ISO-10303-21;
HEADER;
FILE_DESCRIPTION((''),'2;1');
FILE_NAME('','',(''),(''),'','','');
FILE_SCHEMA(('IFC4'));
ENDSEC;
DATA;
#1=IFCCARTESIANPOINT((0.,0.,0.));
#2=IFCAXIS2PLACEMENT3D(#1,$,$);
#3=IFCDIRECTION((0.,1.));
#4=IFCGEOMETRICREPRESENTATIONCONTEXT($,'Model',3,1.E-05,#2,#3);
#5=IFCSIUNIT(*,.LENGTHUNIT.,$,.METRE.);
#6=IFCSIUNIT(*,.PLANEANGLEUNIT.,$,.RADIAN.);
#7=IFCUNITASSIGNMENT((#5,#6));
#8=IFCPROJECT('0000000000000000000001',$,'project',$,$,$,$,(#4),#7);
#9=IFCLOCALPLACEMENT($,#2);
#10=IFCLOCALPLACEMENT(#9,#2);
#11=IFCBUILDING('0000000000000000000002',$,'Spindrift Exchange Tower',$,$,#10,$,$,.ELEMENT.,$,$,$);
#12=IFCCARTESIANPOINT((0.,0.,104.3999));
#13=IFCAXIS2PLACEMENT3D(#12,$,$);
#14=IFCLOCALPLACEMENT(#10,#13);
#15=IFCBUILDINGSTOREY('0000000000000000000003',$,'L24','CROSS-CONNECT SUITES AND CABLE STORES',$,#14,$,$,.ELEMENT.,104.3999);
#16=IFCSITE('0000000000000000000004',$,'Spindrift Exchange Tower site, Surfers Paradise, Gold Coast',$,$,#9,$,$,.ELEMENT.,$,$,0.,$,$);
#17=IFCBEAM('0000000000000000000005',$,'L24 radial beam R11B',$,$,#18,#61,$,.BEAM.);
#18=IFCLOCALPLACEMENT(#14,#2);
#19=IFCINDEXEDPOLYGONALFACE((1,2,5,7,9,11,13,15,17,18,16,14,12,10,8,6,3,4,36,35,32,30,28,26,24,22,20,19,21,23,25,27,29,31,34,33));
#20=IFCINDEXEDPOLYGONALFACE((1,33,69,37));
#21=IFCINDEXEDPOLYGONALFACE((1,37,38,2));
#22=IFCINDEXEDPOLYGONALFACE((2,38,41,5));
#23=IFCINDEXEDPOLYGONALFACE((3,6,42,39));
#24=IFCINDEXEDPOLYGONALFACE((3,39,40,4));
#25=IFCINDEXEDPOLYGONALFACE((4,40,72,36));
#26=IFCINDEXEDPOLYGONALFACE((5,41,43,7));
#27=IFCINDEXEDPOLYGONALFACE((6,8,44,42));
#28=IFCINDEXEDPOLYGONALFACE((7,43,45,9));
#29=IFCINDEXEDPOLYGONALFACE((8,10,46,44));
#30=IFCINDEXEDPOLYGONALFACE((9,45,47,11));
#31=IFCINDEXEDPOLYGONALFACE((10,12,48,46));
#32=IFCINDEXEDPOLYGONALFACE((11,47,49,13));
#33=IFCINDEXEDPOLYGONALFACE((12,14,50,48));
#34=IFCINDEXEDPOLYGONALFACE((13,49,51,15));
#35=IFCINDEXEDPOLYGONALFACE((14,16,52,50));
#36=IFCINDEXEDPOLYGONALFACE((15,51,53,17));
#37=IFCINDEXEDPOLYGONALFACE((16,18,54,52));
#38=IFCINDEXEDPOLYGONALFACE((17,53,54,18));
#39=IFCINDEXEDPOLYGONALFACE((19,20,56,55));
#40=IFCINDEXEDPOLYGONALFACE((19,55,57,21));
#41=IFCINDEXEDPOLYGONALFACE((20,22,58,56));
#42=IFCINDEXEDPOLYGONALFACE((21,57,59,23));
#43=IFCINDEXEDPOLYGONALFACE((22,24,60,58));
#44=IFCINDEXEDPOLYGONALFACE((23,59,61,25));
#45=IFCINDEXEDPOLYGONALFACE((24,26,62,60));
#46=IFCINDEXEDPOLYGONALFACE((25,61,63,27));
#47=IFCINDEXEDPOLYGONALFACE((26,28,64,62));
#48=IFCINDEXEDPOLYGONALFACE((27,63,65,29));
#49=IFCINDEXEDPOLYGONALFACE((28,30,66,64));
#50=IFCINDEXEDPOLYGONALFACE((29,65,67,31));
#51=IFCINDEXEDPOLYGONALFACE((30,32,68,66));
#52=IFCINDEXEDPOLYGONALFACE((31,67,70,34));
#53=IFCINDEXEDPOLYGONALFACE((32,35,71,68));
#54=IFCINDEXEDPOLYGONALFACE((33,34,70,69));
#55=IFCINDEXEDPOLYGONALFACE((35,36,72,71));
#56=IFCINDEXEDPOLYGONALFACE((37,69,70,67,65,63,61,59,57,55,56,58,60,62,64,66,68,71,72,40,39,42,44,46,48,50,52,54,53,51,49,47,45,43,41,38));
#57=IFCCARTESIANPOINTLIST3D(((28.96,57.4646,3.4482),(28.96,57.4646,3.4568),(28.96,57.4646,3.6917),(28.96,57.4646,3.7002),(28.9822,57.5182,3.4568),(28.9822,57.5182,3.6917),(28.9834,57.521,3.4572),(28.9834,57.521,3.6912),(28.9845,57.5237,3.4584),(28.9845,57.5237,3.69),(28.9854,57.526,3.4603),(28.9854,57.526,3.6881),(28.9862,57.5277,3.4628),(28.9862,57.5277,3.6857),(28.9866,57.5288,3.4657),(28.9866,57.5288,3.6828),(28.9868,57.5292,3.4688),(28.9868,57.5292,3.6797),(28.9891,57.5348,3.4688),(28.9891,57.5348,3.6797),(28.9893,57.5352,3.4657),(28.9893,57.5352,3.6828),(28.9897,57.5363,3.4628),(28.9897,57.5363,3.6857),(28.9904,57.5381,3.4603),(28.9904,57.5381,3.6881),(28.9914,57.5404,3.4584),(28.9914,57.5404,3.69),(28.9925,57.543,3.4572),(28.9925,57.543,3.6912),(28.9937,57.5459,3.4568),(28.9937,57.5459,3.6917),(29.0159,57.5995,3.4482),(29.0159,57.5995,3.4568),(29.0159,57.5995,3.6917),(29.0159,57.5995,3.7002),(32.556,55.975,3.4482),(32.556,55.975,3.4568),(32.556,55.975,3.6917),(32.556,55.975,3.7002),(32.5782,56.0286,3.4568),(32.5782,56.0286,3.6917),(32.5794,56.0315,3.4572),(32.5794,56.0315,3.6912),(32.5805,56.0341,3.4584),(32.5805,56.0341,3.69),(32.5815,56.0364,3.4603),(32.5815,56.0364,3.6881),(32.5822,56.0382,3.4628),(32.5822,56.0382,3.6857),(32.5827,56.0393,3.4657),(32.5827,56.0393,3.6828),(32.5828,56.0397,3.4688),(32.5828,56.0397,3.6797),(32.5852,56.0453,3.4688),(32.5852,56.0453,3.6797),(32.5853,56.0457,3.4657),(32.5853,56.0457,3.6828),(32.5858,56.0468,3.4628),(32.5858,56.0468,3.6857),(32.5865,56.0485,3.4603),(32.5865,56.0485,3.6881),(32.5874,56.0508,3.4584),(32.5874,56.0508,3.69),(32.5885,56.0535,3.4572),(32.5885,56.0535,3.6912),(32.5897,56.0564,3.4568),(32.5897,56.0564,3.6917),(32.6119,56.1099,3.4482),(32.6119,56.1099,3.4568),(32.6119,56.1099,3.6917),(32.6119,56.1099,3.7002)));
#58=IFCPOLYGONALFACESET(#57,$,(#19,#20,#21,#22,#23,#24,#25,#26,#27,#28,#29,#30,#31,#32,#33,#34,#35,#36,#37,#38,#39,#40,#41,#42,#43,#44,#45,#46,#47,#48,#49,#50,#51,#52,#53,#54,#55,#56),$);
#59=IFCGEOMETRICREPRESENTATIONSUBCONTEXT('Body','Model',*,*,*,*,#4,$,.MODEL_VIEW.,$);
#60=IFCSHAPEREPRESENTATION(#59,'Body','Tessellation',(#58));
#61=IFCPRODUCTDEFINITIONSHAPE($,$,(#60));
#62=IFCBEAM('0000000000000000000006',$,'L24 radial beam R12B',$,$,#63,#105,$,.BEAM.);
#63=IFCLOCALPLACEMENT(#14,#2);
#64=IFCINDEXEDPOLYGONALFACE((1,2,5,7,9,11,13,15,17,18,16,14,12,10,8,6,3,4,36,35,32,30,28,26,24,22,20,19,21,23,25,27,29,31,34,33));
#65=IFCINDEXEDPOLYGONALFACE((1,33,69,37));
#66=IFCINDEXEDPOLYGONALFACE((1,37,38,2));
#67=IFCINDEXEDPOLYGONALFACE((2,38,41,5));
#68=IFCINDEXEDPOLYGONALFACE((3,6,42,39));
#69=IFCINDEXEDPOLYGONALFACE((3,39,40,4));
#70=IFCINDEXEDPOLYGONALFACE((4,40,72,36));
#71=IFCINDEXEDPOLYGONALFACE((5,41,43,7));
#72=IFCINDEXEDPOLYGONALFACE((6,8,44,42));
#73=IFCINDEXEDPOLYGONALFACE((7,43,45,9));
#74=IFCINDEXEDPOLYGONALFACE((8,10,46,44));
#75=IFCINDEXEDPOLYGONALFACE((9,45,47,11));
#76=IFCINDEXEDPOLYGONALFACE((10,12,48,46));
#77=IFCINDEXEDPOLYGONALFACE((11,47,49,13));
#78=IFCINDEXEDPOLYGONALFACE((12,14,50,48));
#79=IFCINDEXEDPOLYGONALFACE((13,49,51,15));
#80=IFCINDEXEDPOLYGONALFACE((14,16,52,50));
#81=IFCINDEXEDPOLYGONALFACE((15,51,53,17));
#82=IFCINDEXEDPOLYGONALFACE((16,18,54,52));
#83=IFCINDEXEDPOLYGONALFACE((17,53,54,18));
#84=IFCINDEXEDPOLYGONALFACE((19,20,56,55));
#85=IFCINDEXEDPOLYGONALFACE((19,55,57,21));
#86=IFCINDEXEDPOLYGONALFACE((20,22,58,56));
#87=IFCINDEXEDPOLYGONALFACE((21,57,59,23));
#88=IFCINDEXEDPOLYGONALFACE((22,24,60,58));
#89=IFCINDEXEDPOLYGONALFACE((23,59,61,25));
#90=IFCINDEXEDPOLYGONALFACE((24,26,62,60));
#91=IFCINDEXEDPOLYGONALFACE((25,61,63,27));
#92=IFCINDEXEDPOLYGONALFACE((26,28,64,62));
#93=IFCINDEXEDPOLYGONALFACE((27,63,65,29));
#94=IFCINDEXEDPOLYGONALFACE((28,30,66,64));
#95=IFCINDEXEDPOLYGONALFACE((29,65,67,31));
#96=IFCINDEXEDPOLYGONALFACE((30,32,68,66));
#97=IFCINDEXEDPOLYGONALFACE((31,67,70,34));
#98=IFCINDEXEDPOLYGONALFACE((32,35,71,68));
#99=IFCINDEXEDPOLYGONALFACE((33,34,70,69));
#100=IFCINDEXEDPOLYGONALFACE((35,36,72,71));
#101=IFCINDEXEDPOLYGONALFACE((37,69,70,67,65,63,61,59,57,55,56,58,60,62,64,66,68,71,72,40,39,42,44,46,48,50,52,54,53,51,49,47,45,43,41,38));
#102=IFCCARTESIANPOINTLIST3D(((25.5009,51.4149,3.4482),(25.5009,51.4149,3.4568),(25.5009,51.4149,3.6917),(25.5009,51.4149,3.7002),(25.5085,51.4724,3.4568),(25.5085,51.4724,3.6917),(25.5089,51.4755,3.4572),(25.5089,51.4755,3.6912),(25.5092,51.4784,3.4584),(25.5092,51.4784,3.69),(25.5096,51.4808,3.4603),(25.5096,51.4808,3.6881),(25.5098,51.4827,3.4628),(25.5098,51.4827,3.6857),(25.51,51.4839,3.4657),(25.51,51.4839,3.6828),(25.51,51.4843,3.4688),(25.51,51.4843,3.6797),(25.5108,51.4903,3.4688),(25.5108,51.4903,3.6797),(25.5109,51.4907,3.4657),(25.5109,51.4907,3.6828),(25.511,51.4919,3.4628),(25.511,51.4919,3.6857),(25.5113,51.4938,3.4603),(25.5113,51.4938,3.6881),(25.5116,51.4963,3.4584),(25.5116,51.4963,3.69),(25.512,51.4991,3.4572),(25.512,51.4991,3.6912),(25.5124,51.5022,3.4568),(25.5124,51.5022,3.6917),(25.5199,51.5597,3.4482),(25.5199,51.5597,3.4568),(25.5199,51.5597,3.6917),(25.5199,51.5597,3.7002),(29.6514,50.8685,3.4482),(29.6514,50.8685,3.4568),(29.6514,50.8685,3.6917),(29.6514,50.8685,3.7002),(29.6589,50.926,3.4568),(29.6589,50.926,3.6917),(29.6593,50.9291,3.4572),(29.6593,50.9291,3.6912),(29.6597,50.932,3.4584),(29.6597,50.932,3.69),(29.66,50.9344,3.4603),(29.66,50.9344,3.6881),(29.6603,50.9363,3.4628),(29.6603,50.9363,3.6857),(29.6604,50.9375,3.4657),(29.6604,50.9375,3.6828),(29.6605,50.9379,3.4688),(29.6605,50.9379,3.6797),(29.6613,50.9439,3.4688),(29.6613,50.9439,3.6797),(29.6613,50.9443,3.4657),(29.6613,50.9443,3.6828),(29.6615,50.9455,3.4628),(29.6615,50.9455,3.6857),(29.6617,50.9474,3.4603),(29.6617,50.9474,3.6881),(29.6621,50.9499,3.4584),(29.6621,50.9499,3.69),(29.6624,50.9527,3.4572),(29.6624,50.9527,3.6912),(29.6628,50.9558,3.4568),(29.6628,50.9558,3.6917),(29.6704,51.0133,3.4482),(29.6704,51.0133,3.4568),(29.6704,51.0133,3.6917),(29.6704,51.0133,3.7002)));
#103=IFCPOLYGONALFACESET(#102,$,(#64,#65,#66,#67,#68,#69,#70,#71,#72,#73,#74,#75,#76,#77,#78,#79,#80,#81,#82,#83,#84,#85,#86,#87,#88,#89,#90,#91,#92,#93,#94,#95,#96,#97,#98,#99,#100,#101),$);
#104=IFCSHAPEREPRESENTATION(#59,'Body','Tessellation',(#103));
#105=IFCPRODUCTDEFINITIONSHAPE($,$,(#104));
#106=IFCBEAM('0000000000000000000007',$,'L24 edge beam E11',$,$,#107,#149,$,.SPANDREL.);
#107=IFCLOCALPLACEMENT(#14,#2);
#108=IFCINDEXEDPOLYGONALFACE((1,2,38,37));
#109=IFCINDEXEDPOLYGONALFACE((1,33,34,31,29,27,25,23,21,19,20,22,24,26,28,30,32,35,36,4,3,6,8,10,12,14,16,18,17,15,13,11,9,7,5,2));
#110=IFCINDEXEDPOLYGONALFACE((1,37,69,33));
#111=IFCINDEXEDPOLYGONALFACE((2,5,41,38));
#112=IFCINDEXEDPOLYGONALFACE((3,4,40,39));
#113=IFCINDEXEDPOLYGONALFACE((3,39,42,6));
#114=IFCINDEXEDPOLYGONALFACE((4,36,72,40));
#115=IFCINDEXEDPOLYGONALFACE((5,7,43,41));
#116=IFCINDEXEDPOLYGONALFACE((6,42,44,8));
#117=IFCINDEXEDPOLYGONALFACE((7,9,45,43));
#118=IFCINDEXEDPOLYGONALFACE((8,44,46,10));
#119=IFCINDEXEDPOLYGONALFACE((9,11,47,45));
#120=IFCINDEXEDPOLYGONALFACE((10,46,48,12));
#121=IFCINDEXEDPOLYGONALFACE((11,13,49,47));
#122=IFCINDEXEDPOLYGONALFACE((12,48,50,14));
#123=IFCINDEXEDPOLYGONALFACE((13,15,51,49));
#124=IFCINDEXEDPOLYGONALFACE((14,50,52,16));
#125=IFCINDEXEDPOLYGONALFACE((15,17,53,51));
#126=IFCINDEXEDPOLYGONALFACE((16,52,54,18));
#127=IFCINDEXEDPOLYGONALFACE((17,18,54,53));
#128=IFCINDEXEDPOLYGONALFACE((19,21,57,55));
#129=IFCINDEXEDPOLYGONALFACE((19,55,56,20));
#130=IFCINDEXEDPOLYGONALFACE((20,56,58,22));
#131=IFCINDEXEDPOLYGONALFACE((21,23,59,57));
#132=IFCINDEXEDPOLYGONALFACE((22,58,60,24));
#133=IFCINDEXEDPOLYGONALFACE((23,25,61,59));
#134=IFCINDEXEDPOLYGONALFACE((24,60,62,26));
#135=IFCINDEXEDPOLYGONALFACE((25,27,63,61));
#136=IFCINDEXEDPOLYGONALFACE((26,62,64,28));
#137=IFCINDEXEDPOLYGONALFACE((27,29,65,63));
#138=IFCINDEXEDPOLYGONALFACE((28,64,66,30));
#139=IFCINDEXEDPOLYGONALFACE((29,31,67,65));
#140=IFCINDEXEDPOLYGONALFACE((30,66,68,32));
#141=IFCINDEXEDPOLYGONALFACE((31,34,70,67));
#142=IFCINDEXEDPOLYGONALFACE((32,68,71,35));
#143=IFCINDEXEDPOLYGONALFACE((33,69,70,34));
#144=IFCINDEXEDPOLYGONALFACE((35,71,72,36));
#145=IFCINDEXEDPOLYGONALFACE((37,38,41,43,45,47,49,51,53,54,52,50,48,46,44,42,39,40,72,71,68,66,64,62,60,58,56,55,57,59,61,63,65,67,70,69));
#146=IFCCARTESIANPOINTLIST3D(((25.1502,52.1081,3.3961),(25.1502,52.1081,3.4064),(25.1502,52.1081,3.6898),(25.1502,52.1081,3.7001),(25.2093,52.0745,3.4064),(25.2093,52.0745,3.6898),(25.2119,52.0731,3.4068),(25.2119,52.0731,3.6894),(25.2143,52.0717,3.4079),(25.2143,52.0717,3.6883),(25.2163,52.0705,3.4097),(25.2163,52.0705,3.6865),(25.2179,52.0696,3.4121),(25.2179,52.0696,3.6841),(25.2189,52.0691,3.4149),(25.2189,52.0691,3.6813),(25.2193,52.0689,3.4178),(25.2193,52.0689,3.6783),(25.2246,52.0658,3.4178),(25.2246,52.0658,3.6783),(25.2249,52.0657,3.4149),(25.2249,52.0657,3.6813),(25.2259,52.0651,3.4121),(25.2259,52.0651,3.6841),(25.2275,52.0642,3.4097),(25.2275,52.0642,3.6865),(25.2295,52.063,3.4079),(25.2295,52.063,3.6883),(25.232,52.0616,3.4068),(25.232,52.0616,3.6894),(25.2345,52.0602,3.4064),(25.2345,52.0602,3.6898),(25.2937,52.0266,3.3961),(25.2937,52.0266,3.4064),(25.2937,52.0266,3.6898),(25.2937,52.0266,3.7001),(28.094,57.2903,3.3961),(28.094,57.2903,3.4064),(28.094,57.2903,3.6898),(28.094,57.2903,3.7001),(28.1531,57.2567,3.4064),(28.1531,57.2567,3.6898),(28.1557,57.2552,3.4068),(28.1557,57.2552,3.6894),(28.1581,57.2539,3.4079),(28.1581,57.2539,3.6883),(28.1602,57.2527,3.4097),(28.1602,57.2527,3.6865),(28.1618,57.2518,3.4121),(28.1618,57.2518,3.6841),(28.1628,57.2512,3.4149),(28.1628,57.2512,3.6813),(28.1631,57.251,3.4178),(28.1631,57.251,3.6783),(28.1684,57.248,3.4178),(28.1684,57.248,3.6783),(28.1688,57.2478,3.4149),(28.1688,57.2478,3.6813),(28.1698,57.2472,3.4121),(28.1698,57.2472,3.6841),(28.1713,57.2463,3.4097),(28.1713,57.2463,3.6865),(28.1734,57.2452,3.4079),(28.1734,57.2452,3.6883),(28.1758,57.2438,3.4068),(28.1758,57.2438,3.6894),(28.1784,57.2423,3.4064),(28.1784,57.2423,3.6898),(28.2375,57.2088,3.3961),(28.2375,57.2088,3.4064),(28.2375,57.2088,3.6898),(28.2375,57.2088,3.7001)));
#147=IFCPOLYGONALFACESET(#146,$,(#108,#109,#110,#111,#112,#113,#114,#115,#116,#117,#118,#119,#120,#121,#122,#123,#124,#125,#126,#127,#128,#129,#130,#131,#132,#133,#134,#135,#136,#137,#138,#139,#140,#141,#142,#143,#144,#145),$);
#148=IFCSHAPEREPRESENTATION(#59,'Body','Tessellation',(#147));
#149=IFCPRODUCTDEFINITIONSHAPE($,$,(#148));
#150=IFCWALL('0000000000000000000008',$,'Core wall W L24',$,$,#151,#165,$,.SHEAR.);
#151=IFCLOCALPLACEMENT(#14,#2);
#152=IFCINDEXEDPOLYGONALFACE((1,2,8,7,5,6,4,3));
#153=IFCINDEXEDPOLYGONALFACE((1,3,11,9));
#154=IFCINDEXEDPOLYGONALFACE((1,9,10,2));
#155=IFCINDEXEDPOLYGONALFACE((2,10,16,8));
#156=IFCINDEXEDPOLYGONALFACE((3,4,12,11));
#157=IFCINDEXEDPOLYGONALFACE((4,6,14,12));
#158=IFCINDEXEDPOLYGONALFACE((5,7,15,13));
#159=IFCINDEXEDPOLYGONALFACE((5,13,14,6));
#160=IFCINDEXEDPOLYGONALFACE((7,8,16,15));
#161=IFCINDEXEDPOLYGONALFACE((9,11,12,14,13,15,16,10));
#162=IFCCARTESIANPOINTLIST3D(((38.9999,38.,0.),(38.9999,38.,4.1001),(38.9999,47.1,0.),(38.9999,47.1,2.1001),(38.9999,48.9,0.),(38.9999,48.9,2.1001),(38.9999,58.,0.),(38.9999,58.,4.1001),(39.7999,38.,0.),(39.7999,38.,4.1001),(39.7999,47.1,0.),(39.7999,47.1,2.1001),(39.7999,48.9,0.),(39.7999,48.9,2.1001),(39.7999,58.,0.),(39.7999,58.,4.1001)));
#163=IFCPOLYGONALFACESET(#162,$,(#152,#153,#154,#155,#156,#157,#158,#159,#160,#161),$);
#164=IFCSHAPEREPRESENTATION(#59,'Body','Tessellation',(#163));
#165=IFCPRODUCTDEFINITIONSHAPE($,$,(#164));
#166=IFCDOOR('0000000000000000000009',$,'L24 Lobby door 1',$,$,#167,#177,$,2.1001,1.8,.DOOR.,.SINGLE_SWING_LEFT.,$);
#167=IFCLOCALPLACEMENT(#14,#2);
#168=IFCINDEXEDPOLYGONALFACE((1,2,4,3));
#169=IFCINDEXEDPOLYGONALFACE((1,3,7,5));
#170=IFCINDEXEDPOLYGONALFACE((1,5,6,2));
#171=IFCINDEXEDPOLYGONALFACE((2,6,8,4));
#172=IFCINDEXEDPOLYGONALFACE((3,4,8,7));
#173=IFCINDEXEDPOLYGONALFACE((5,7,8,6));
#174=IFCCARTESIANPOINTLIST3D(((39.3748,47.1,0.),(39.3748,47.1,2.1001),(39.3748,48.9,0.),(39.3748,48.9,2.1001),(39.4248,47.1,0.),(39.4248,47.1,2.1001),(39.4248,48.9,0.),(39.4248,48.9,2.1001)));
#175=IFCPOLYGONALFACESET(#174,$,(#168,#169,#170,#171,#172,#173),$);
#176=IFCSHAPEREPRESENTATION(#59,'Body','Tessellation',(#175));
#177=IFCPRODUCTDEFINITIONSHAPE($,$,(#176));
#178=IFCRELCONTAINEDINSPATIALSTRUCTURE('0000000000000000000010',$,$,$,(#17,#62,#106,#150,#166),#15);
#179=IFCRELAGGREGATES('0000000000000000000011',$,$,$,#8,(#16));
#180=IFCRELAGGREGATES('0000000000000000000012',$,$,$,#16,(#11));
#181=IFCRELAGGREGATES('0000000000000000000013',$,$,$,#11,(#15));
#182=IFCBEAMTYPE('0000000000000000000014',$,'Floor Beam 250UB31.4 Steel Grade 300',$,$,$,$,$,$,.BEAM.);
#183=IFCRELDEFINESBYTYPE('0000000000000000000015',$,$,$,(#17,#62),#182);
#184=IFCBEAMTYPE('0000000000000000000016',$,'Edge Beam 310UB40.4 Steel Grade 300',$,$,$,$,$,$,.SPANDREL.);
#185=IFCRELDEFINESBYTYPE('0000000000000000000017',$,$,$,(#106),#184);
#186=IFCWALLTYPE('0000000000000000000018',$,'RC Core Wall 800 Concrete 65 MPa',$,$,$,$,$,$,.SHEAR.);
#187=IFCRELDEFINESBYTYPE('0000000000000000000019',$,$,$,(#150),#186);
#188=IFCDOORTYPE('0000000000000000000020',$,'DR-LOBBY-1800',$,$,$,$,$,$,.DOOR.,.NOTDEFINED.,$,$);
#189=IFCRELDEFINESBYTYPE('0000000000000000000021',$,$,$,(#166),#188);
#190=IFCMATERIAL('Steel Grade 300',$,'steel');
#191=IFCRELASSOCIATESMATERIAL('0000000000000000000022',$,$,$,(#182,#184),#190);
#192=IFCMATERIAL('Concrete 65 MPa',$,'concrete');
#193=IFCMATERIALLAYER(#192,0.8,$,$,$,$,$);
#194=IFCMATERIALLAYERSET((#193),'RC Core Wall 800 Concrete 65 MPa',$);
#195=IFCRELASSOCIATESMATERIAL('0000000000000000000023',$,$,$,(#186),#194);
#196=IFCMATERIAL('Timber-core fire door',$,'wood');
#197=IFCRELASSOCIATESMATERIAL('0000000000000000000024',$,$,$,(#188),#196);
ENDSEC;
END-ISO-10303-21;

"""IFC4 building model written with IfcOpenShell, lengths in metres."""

from ifc_helpers import new_model, si_unit, direction, frame, frame_2d, origin, origin_2d, place, context, subcontext, project, spatial, rectangle, i_section, extrude, source, transform, mapped, material, layer, layer_set, material_profile, profile_set, type_object, element, fill, save


model = new_model("IFC4")

# Units and contexts
model_context = context("Model", 3, precision=1e-05, world=origin(), true_north=direction((0.0, 1.0)))
body_context = subcontext(model_context, "Body", "Model", "MODEL_VIEW")
ifc_project = project(units=[si_unit("LENGTHUNIT", "METRE"), si_unit("PLANEANGLEUNIT", "RADIAN")], contexts=[model_context])

# Site, building, storey
site_placement = place(None, origin())
site = spatial("IfcSite", under=ifc_project, at=site_placement, Name="Spindrift Exchange Tower site, Surfers Paradise, Gold Coast", CompositionType="ELEMENT", RefElevation=0.0)
building_placement = place(site_placement, origin())
building = spatial("IfcBuilding", under=site, at=building_placement, Name="Spindrift Exchange Tower", CompositionType="ELEMENT")
storey_placement = place(building_placement, frame((0.0, 0.0, 104.3999)))
storey = spatial("IfcBuildingStorey", under=building, at=storey_placement, Name="L24", Description="CROSS-CONNECT SUITES AND CABLE STORES", CompositionType="ELEMENT", Elevation=104.3999)

# Shared definitions
ifc_material_1 = material(Name="Concrete 65 MPa", Category="concrete")

# Beams
ifc_material_2 = material(Name="Steel Grade 300", Category="steel")
ifc_material_profile_1 = material_profile(ifc_material_2, i_section(OverallWidth=0.146, OverallDepth=0.252, WebThickness=0.0061, FlangeThickness=0.0085, FilletRadius=0.012, at=origin_2d()), Name="250UB31.4")
ifc_profile_set_1 = profile_set([ifc_material_profile_1], Name="Steel Grade 300")
beam_type_1 = type_object("IfcBeamType", Name="Floor Beam 250UB31.4 Steel Grade 300", PredefinedType="BEAM", material=ifc_profile_set_1)
shared_shape_1 = source(origin(), body_context, "Body", "SweptSolid", [
    extrude(i_section(OverallWidth=0.146, OverallDepth=0.252, WebThickness=0.0061, FlangeThickness=0.0085, FilletRadius=0.012, at=origin_2d()), origin(), (0.0, 0.0, 1.0), 3.8923),
])
beam_1_placement = place(storey_placement, frame((32.584, 56.0425, 3.5742), z_axis=(-0.923878, 0.382686, 0.0), x_axis=(-0.382686, -0.923878, 0.0)))
element("IfcBeam", 1, at=beam_1_placement, inside=storey, type_object=beam_type_1, Name="L24 radial beam R11B", PredefinedType="BEAM", context=body_context, shape_type="MappedRepresentation", body=[
    mapped(shared_shape_1, transform((0.0, 0.0, 0.0), scale=1.0)),
])
shared_shape_2 = source(origin(), body_context, "Body", "SweptSolid", [
    extrude(i_section(OverallWidth=0.146, OverallDepth=0.252, WebThickness=0.0061, FlangeThickness=0.0085, FilletRadius=0.012, at=origin_2d()), origin(), (0.0, 0.0, 1.0), 4.1863),
])
beam_2_placement = place(storey_placement, frame((29.6609, 50.9409, 3.5742), z_axis=(-0.991446, 0.130521, 0.0), x_axis=(-0.130521, -0.991446, 0.0)))
element("IfcBeam", 2, at=beam_2_placement, inside=storey, type_object=beam_type_1, Name="L24 radial beam R12B", PredefinedType="BEAM", context=body_context, shape_type="MappedRepresentation", body=[
    mapped(shared_shape_2, transform((0.0, 0.0, 0.0), scale=1.0)),
])
ifc_material_profile_2 = material_profile(ifc_material_2, i_section(OverallWidth=0.165, OverallDepth=0.304, WebThickness=0.0061, FlangeThickness=0.0103, FilletRadius=0.0115, at=origin_2d()), Name="310UB40.4")
ifc_profile_set_2 = profile_set([ifc_material_profile_2], Name="Steel Grade 300")
beam_type_2 = type_object("IfcBeamType", Name="Edge Beam 310UB40.4 Steel Grade 300", PredefinedType="SPANDREL", material=ifc_profile_set_2)
shared_shape_3 = source(origin(), body_context, "Body", "SweptSolid", [
    extrude(i_section(OverallWidth=0.165, OverallDepth=0.304, WebThickness=0.0061, FlangeThickness=0.0103, FilletRadius=0.0115, at=origin_2d()), origin(), (0.0, 0.0, 1.0), 5.96),
])
beam_3_placement = place(storey_placement, frame((28.1658, 57.2495, 3.5481), z_axis=(-0.49394, -0.869496, 0.0), x_axis=(0.869496, -0.49394, 0.0)))
element("IfcBeam", 3, at=beam_3_placement, inside=storey, type_object=beam_type_2, Name="L24 edge beam E11", PredefinedType="SPANDREL", context=body_context, shape_type="MappedRepresentation", body=[
    mapped(shared_shape_3, transform((0.0, 0.0, 0.0), scale=1.0)),
])

# Wall, opening, door
ifc_layer_1 = layer(ifc_material_1, 0.8)
ifc_layer_set_1 = layer_set([ifc_layer_1], Name="RC Core Wall 800 Concrete 65 MPa")
wall_type_1 = type_object("IfcWallType", Name="RC Core Wall 800 Concrete 65 MPa", PredefinedType="SHEAR", material=ifc_layer_set_1)
wall_1_placement = place(storey_placement, frame((39.3999, 58.0, 0.0), z_axis=(0.0, 0.0, 1.0), x_axis=(0.0, -1.0, 0.0)))
wall_1 = element("IfcWall", 4, at=wall_1_placement, inside=storey, type_object=wall_type_1, Name="Core wall W L24", PredefinedType="SHEAR", context=body_context, shape_type="SweptSolid", body=[
    extrude(rectangle(XDim=20.0, YDim=0.8, at=frame_2d((10.0, 0.0))), origin(), (0.0, 0.0, 1.0), 4.1001),
])
opening_1_placement = place(wall_1_placement, frame((9.1001, 0.0, 0.0)))
opening_1 = element("IfcOpeningElement", 5, at=opening_1_placement, cuts=wall_1, PredefinedType="OPENING", context=body_context, shape_type="SweptSolid", body=[
    extrude(rectangle(XDim=1.8, YDim=2.1001, at=frame_2d((0.8999, 1.05))), frame((0.0, 0.4099, 0.0), z_axis=(0.0, -1.0, 0.0), x_axis=(1.0, 0.0, 0.0)), (0.0, 0.0, 1.0), 0.8201),
])
ifc_material_3 = material(Name="Timber-core fire door", Category="wood")
door_type_1 = type_object("IfcDoorType", Name="DR-LOBBY-1800", OperationType="NOTDEFINED", PredefinedType="DOOR", material=ifc_material_3)
shared_shape_4 = source(origin(), body_context, "Body", "SweptSolid", [
    extrude(rectangle(XDim=1.8, YDim=2.1001, at=frame_2d((0.8999, 1.05))), frame((0.0, 0.0249, 0.0), z_axis=(0.0, -1.0, 0.0), x_axis=(1.0, 0.0, 0.0)), (0.0, 0.0, 1.0), 0.05),
])
door_1_placement = place(opening_1_placement, origin())
door_1 = element("IfcDoor", 6, at=door_1_placement, inside=storey, type_object=door_type_1, Name="L24 Lobby door 1", OperationType="SINGLE_SWING_LEFT", OverallHeight=2.1001, OverallWidth=1.8, PredefinedType="DOOR", context=body_context, shape_type="MappedRepresentation", body=[
    mapped(shared_shape_4, transform((0.0, 0.0, 0.0), scale=1.0)),
])
fill(opening_1, door_1)

save(model, "model.ifc")
